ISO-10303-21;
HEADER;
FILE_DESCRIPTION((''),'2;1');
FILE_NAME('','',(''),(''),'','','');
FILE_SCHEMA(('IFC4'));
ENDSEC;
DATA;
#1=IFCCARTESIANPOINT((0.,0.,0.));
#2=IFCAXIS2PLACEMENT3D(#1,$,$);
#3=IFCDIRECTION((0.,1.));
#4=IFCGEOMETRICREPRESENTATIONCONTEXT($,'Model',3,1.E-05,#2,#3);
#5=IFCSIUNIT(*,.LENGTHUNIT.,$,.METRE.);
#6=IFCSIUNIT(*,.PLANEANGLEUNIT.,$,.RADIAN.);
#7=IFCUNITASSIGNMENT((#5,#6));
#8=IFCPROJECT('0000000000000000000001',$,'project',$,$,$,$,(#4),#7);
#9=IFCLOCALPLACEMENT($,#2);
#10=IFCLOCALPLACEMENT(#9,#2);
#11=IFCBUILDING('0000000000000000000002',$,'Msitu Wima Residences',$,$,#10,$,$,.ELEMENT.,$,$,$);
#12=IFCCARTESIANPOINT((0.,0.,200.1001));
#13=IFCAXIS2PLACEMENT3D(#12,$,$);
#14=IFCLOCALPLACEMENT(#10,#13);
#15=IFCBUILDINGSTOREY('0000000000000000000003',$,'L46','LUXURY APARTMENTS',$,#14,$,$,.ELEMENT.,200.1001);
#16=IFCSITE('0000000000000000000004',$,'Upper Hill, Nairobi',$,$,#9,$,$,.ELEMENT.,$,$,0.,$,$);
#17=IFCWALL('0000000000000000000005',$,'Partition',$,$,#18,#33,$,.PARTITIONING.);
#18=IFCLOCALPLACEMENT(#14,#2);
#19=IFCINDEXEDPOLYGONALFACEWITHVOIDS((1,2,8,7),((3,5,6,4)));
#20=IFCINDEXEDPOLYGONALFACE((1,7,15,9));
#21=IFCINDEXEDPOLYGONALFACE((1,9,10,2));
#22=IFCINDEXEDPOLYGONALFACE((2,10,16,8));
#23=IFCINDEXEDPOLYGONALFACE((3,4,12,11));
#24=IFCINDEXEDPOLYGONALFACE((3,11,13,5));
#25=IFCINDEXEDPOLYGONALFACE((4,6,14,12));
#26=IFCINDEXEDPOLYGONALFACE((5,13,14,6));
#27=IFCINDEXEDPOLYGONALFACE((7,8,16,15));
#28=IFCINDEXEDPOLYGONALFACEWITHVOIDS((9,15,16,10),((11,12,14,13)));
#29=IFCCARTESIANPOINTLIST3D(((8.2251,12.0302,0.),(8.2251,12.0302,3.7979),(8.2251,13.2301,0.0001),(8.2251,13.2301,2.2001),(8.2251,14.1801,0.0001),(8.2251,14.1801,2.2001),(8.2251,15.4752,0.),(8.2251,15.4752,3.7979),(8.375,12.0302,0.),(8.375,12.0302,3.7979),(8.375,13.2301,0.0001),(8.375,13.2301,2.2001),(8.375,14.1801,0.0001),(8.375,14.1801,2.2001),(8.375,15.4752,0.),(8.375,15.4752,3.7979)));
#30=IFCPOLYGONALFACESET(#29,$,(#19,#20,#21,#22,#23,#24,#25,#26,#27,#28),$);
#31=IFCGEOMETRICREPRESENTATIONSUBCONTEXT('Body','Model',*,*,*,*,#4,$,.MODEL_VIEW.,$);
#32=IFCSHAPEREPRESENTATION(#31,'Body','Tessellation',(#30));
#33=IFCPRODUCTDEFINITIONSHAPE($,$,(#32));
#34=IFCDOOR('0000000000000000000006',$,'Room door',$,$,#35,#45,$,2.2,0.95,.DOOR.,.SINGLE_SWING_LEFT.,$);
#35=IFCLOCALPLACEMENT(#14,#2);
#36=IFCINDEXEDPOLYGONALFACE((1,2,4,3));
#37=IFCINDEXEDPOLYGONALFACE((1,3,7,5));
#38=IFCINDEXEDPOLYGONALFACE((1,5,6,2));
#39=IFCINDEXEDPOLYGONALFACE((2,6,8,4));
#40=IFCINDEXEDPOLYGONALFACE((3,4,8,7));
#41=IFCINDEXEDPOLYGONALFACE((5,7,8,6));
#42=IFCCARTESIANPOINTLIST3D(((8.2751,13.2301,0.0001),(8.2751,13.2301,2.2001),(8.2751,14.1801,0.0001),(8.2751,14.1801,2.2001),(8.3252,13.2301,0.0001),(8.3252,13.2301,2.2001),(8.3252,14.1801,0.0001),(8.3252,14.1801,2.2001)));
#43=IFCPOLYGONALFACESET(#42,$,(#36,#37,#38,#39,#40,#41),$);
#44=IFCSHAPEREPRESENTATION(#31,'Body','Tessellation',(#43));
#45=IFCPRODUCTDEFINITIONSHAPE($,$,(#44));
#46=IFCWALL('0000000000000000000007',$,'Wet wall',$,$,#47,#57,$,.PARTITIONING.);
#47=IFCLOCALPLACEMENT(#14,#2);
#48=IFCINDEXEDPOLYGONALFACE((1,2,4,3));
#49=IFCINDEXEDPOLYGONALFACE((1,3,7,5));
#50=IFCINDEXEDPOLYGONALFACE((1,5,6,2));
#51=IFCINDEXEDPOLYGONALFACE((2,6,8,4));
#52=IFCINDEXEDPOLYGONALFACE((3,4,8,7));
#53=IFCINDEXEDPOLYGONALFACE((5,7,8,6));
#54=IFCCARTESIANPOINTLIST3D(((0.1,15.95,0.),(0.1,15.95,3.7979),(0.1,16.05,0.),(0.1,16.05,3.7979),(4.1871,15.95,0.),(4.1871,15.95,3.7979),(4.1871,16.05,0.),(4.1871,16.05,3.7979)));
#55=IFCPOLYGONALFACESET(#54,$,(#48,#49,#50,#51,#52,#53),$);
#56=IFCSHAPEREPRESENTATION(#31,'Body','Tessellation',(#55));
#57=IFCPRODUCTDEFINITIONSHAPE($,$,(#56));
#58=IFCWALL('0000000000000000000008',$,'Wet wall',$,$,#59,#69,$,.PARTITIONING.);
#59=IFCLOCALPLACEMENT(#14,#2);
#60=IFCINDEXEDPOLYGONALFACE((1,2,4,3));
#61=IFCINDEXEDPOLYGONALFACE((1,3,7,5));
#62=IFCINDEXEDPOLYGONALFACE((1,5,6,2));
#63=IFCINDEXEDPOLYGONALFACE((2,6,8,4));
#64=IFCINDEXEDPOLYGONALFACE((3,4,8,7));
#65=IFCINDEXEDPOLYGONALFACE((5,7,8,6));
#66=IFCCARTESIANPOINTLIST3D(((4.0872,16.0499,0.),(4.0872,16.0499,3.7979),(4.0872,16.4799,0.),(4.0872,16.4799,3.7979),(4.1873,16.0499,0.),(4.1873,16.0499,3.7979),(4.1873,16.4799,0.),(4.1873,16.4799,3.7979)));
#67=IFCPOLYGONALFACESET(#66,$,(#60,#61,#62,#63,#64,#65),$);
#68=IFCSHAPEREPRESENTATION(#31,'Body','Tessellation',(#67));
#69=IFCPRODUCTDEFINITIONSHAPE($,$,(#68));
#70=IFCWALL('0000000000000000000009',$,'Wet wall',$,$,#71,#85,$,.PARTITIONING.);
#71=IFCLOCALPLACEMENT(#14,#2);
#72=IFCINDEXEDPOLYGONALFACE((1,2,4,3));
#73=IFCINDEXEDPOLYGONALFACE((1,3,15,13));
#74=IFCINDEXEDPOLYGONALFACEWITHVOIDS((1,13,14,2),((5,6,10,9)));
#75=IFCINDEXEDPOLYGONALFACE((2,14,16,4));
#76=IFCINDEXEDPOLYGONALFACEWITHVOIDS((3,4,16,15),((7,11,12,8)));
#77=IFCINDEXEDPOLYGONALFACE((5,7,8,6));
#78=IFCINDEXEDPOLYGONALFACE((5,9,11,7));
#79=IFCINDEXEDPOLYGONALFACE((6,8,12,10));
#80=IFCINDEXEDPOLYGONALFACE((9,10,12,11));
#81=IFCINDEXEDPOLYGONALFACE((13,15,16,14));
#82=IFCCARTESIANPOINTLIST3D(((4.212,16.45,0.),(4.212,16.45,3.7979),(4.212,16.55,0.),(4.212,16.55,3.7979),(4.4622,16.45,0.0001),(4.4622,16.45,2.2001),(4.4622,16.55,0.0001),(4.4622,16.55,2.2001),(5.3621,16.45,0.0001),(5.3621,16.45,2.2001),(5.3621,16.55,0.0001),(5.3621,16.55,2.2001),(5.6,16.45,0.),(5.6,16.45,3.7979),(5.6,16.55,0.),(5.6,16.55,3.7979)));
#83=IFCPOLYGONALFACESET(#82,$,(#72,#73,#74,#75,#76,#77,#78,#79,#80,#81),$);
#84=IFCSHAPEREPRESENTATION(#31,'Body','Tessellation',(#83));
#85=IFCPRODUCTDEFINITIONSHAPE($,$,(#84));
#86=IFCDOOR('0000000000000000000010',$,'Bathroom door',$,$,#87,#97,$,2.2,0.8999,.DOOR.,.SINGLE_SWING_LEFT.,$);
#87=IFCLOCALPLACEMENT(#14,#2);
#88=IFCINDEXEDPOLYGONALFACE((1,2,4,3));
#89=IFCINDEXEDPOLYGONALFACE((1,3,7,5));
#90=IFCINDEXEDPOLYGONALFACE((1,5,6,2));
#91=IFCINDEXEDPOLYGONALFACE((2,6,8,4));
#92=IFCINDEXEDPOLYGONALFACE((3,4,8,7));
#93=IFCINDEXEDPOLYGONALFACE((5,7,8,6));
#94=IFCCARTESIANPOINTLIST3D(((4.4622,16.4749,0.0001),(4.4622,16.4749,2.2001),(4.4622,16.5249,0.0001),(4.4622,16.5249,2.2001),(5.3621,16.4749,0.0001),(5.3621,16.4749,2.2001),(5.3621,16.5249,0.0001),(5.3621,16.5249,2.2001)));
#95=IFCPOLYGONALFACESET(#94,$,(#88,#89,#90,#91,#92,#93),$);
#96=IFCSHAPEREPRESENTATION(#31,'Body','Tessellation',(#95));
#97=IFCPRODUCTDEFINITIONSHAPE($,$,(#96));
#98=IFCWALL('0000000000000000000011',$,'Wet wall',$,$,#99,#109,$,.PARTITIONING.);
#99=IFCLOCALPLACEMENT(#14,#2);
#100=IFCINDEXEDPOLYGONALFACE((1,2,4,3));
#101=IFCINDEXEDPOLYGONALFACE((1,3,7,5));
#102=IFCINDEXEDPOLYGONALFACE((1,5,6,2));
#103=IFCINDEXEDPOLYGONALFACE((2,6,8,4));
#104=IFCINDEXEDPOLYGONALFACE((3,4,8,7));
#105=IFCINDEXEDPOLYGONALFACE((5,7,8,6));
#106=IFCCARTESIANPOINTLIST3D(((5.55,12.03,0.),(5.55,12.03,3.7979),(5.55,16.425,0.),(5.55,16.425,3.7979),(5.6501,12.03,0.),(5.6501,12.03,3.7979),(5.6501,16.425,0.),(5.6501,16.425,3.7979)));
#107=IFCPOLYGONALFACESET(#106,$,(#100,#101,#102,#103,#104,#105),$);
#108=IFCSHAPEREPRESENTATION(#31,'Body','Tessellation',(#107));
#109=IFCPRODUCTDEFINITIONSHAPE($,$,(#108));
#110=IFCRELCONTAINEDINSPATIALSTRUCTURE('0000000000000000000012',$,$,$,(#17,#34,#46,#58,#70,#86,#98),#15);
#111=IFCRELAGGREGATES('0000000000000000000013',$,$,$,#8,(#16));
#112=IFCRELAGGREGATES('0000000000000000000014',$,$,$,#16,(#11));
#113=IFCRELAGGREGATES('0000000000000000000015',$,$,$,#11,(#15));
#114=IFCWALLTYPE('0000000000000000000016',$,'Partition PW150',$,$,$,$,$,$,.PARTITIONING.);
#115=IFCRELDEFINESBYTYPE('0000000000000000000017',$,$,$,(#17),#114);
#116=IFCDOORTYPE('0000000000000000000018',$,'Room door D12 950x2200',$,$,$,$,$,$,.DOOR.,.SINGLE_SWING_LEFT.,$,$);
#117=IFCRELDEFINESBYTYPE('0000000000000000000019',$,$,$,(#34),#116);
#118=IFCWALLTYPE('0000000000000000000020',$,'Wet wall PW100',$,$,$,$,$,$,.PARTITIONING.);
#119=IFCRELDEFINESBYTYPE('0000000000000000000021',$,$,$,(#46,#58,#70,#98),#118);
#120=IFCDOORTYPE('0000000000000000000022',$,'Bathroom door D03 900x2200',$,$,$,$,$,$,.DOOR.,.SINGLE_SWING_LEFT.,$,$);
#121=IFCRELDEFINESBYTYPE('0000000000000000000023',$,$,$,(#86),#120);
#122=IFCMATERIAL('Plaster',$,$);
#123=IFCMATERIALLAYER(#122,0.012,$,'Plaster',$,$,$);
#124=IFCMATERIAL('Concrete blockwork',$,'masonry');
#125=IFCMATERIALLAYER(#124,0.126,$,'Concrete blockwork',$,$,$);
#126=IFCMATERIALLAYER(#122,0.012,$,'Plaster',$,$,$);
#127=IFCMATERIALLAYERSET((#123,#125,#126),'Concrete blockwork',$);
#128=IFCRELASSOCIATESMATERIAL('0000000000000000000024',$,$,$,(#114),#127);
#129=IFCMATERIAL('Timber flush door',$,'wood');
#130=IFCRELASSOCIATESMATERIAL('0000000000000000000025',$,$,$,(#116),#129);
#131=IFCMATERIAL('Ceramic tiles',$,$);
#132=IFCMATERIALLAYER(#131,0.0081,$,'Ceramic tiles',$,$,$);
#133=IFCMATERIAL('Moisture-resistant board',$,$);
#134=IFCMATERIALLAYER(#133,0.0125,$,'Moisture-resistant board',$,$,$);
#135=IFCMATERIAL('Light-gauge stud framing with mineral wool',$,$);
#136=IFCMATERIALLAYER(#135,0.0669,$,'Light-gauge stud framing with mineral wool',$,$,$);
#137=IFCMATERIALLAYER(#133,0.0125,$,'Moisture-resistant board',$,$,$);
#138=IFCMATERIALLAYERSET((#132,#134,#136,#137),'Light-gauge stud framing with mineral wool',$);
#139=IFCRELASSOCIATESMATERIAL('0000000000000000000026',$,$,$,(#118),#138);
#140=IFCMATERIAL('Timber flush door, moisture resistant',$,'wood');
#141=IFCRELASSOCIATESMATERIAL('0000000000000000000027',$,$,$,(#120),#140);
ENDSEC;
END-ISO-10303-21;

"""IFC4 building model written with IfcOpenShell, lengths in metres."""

from ifc_helpers import new_model, si_unit, direction, frame, frame_2d, origin, place, context, subcontext, project, spatial, rectangle, extrude, material, layer, layer_set, type_object, element, fill, save


model = new_model("IFC4")

# Units and contexts
model_context = context("Model", 3, precision=1e-05, world=origin(), true_north=direction((0.0, 1.0)))
body_context = subcontext(model_context, "Body", "Model", "MODEL_VIEW")
ifc_project = project(units=[si_unit("LENGTHUNIT", "METRE"), si_unit("PLANEANGLEUNIT", "RADIAN")], contexts=[model_context])

# Site, building, storey
site_placement = place(None, origin())
site = spatial("IfcSite", under=ifc_project, at=site_placement, Name="Upper Hill, Nairobi", CompositionType="ELEMENT", RefElevation=0.0)
building_placement = place(site_placement, origin())
building = spatial("IfcBuilding", under=site, at=building_placement, Name="Msitu Wima Residences", CompositionType="ELEMENT")
storey_placement = place(building_placement, frame((0.0, 0.0, 200.1001)))
storey = spatial("IfcBuildingStorey", under=building, at=storey_placement, Name="L46", Description="LUXURY APARTMENTS", CompositionType="ELEMENT", Elevation=200.1001)

# Shared definitions
ifc_material_1 = material(Name="Plaster")
ifc_layer_1 = layer(ifc_material_1, 0.012, Name="Plaster")
ifc_material_2 = material(Name="Concrete blockwork", Category="masonry")
ifc_layer_2 = layer(ifc_material_2, 0.126, Name="Concrete blockwork")
ifc_layer_3 = layer(ifc_material_1, 0.012, Name="Plaster")
ifc_layer_set_1 = layer_set([ifc_layer_1, ifc_layer_2, ifc_layer_3], Name="Concrete blockwork")
wall_type_1 = type_object("IfcWallType", Name="Partition PW150", PredefinedType="PARTITIONING", material=ifc_layer_set_1)
ifc_material_3 = material(Name="Timber flush door", Category="wood")
door_type_1 = type_object("IfcDoorType", Name="Room door D12 950x2200", OperationType="SINGLE_SWING_LEFT", PredefinedType="DOOR", material=ifc_material_3)

# Wall, opening, door
wall_1_placement = place(storey_placement, frame((8.3, 12.03, 0.0), z_axis=(0.0, 0.0, 1.0), x_axis=(0.0, 1.0, 0.0)))
wall_1 = element("IfcWall", 1, at=wall_1_placement, inside=storey, type_object=wall_type_1, Name="Partition", PredefinedType="PARTITIONING", context=body_context, shape_type="SweptSolid", body=[
    extrude(rectangle(XDim=3.4451, YDim=0.1499, at=frame_2d((1.7227, 0.0))), origin(), (0.0, 0.0, 1.0), 3.7979),
])
opening_1_placement = place(wall_1_placement, frame((1.2, 0.0, 0.0)))
opening_1 = element("IfcOpeningElement", 2, at=opening_1_placement, cuts=wall_1, PredefinedType="OPENING", context=body_context, shape_type="SweptSolid", body=[
    extrude(rectangle(XDim=0.95, YDim=2.2, at=frame_2d((0.4751, 1.1001))), frame((0.0, 0.085, 0.0), z_axis=(0.0, -1.0, 0.0), x_axis=(1.0, 0.0, 0.0)), (0.0, 0.0, 1.0), 0.1699),
])
door_1_placement = place(opening_1_placement, origin())
door_1 = element("IfcDoor", 3, at=door_1_placement, inside=storey, type_object=door_type_1, Name="Room door", OperationType="SINGLE_SWING_LEFT", OverallHeight=2.2, OverallWidth=0.95, PredefinedType="DOOR", context=body_context, shape_type="SweptSolid", body=[
    extrude(rectangle(XDim=0.95, YDim=2.2, at=frame_2d((0.4751, 1.1001))), frame((0.0, 0.0249, 0.0), z_axis=(0.0, -1.0, 0.0), x_axis=(1.0, 0.0, 0.0)), (0.0, 0.0, 1.0), 0.05),
])
fill(opening_1, door_1)

# Walls
ifc_material_4 = material(Name="Ceramic tiles")
ifc_layer_4 = layer(ifc_material_4, 0.0081, Name="Ceramic tiles")
ifc_material_5 = material(Name="Moisture-resistant board")
ifc_layer_5 = layer(ifc_material_5, 0.0125, Name="Moisture-resistant board")
ifc_material_6 = material(Name="Light-gauge stud framing with mineral wool")
ifc_layer_6 = layer(ifc_material_6, 0.0669, Name="Light-gauge stud framing with mineral wool")
ifc_layer_7 = layer(ifc_material_5, 0.0125, Name="Moisture-resistant board")
ifc_layer_set_2 = layer_set([ifc_layer_4, ifc_layer_5, ifc_layer_6, ifc_layer_7], Name="Light-gauge stud framing with mineral wool")
wall_type_2 = type_object("IfcWallType", Name="Wet wall PW100", PredefinedType="PARTITIONING", material=ifc_layer_set_2)
wall_2_placement = place(storey_placement, frame((0.1001, 16.0, 0.0), z_axis=(0.0, 0.0, 1.0), x_axis=(1.0, 0.0, 0.0)))
element("IfcWall", 4, at=wall_2_placement, inside=storey, type_object=wall_type_2, Name="Wet wall", PredefinedType="PARTITIONING", context=body_context, shape_type="SweptSolid", body=[
    extrude(rectangle(XDim=4.0872, YDim=0.1001, at=frame_2d((2.0435, 0.0))), origin(), (0.0, 0.0, 1.0), 3.7979),
])
wall_3_placement = place(storey_placement, frame((4.1372, 16.05, 0.0), z_axis=(0.0, 0.0, 1.0), x_axis=(0.0, 1.0, 0.0)))
element("IfcWall", 5, at=wall_3_placement, inside=storey, type_object=wall_type_2, Name="Wet wall", PredefinedType="PARTITIONING", context=body_context, shape_type="SweptSolid", body=[
    extrude(rectangle(XDim=0.4299, YDim=0.1001, at=frame_2d((0.2148, 0.0))), origin(), (0.0, 0.0, 1.0), 3.7979),
])

# Wall, opening, door
wall_4_placement = place(storey_placement, frame((4.2122, 16.5, 0.0), z_axis=(0.0, 0.0, 1.0), x_axis=(1.0, 0.0, 0.0)))
wall_4 = element("IfcWall", 6, at=wall_4_placement, inside=storey, type_object=wall_type_2, Name="Wet wall", PredefinedType="PARTITIONING", context=body_context, shape_type="SweptSolid", body=[
    extrude(rectangle(XDim=1.3879, YDim=0.1001, at=frame_2d((0.6938, 0.0))), origin(), (0.0, 0.0, 1.0), 3.7979),
])
opening_2_placement = place(wall_4_placement, frame((0.25, 0.0, 0.0)))
opening_2 = element("IfcOpeningElement", 7, at=opening_2_placement, cuts=wall_4, PredefinedType="OPENING", context=body_context, shape_type="SweptSolid", body=[
    extrude(rectangle(XDim=0.8999, YDim=2.2, at=frame_2d((0.45, 1.1001))), frame((0.0, 0.0601, 0.0), z_axis=(0.0, -1.0, 0.0), x_axis=(1.0, 0.0, 0.0)), (0.0, 0.0, 1.0), 0.1201),
])
ifc_material_7 = material(Name="Timber flush door, moisture resistant", Category="wood")
door_type_2 = type_object("IfcDoorType", Name="Bathroom door D03 900x2200", OperationType="SINGLE_SWING_LEFT", PredefinedType="DOOR", material=ifc_material_7)
door_2_placement = place(opening_2_placement, origin())
door_2 = element("IfcDoor", 8, at=door_2_placement, inside=storey, type_object=door_type_2, Name="Bathroom door", OperationType="SINGLE_SWING_LEFT", OverallHeight=2.2, OverallWidth=0.8999, PredefinedType="DOOR", context=body_context, shape_type="SweptSolid", body=[
    extrude(rectangle(XDim=0.8999, YDim=2.2, at=frame_2d((0.45, 1.1001))), frame((0.0, 0.0249, 0.0), z_axis=(0.0, -1.0, 0.0), x_axis=(1.0, 0.0, 0.0)), (0.0, 0.0, 1.0), 0.05),
])
fill(opening_2, door_2)

# Wall
wall_5_placement = place(storey_placement, frame((5.6001, 12.03, 0.0), z_axis=(0.0, 0.0, 1.0), x_axis=(0.0, 1.0, 0.0)))
element("IfcWall", 9, at=wall_5_placement, inside=storey, type_object=wall_type_2, Name="Wet wall", PredefinedType="PARTITIONING", context=body_context, shape_type="SweptSolid", body=[
    extrude(rectangle(XDim=4.395, YDim=0.1001, at=frame_2d((2.1975, 0.0))), origin(), (0.0, 0.0, 1.0), 3.7979),
])

save(model, "model.ifc")
